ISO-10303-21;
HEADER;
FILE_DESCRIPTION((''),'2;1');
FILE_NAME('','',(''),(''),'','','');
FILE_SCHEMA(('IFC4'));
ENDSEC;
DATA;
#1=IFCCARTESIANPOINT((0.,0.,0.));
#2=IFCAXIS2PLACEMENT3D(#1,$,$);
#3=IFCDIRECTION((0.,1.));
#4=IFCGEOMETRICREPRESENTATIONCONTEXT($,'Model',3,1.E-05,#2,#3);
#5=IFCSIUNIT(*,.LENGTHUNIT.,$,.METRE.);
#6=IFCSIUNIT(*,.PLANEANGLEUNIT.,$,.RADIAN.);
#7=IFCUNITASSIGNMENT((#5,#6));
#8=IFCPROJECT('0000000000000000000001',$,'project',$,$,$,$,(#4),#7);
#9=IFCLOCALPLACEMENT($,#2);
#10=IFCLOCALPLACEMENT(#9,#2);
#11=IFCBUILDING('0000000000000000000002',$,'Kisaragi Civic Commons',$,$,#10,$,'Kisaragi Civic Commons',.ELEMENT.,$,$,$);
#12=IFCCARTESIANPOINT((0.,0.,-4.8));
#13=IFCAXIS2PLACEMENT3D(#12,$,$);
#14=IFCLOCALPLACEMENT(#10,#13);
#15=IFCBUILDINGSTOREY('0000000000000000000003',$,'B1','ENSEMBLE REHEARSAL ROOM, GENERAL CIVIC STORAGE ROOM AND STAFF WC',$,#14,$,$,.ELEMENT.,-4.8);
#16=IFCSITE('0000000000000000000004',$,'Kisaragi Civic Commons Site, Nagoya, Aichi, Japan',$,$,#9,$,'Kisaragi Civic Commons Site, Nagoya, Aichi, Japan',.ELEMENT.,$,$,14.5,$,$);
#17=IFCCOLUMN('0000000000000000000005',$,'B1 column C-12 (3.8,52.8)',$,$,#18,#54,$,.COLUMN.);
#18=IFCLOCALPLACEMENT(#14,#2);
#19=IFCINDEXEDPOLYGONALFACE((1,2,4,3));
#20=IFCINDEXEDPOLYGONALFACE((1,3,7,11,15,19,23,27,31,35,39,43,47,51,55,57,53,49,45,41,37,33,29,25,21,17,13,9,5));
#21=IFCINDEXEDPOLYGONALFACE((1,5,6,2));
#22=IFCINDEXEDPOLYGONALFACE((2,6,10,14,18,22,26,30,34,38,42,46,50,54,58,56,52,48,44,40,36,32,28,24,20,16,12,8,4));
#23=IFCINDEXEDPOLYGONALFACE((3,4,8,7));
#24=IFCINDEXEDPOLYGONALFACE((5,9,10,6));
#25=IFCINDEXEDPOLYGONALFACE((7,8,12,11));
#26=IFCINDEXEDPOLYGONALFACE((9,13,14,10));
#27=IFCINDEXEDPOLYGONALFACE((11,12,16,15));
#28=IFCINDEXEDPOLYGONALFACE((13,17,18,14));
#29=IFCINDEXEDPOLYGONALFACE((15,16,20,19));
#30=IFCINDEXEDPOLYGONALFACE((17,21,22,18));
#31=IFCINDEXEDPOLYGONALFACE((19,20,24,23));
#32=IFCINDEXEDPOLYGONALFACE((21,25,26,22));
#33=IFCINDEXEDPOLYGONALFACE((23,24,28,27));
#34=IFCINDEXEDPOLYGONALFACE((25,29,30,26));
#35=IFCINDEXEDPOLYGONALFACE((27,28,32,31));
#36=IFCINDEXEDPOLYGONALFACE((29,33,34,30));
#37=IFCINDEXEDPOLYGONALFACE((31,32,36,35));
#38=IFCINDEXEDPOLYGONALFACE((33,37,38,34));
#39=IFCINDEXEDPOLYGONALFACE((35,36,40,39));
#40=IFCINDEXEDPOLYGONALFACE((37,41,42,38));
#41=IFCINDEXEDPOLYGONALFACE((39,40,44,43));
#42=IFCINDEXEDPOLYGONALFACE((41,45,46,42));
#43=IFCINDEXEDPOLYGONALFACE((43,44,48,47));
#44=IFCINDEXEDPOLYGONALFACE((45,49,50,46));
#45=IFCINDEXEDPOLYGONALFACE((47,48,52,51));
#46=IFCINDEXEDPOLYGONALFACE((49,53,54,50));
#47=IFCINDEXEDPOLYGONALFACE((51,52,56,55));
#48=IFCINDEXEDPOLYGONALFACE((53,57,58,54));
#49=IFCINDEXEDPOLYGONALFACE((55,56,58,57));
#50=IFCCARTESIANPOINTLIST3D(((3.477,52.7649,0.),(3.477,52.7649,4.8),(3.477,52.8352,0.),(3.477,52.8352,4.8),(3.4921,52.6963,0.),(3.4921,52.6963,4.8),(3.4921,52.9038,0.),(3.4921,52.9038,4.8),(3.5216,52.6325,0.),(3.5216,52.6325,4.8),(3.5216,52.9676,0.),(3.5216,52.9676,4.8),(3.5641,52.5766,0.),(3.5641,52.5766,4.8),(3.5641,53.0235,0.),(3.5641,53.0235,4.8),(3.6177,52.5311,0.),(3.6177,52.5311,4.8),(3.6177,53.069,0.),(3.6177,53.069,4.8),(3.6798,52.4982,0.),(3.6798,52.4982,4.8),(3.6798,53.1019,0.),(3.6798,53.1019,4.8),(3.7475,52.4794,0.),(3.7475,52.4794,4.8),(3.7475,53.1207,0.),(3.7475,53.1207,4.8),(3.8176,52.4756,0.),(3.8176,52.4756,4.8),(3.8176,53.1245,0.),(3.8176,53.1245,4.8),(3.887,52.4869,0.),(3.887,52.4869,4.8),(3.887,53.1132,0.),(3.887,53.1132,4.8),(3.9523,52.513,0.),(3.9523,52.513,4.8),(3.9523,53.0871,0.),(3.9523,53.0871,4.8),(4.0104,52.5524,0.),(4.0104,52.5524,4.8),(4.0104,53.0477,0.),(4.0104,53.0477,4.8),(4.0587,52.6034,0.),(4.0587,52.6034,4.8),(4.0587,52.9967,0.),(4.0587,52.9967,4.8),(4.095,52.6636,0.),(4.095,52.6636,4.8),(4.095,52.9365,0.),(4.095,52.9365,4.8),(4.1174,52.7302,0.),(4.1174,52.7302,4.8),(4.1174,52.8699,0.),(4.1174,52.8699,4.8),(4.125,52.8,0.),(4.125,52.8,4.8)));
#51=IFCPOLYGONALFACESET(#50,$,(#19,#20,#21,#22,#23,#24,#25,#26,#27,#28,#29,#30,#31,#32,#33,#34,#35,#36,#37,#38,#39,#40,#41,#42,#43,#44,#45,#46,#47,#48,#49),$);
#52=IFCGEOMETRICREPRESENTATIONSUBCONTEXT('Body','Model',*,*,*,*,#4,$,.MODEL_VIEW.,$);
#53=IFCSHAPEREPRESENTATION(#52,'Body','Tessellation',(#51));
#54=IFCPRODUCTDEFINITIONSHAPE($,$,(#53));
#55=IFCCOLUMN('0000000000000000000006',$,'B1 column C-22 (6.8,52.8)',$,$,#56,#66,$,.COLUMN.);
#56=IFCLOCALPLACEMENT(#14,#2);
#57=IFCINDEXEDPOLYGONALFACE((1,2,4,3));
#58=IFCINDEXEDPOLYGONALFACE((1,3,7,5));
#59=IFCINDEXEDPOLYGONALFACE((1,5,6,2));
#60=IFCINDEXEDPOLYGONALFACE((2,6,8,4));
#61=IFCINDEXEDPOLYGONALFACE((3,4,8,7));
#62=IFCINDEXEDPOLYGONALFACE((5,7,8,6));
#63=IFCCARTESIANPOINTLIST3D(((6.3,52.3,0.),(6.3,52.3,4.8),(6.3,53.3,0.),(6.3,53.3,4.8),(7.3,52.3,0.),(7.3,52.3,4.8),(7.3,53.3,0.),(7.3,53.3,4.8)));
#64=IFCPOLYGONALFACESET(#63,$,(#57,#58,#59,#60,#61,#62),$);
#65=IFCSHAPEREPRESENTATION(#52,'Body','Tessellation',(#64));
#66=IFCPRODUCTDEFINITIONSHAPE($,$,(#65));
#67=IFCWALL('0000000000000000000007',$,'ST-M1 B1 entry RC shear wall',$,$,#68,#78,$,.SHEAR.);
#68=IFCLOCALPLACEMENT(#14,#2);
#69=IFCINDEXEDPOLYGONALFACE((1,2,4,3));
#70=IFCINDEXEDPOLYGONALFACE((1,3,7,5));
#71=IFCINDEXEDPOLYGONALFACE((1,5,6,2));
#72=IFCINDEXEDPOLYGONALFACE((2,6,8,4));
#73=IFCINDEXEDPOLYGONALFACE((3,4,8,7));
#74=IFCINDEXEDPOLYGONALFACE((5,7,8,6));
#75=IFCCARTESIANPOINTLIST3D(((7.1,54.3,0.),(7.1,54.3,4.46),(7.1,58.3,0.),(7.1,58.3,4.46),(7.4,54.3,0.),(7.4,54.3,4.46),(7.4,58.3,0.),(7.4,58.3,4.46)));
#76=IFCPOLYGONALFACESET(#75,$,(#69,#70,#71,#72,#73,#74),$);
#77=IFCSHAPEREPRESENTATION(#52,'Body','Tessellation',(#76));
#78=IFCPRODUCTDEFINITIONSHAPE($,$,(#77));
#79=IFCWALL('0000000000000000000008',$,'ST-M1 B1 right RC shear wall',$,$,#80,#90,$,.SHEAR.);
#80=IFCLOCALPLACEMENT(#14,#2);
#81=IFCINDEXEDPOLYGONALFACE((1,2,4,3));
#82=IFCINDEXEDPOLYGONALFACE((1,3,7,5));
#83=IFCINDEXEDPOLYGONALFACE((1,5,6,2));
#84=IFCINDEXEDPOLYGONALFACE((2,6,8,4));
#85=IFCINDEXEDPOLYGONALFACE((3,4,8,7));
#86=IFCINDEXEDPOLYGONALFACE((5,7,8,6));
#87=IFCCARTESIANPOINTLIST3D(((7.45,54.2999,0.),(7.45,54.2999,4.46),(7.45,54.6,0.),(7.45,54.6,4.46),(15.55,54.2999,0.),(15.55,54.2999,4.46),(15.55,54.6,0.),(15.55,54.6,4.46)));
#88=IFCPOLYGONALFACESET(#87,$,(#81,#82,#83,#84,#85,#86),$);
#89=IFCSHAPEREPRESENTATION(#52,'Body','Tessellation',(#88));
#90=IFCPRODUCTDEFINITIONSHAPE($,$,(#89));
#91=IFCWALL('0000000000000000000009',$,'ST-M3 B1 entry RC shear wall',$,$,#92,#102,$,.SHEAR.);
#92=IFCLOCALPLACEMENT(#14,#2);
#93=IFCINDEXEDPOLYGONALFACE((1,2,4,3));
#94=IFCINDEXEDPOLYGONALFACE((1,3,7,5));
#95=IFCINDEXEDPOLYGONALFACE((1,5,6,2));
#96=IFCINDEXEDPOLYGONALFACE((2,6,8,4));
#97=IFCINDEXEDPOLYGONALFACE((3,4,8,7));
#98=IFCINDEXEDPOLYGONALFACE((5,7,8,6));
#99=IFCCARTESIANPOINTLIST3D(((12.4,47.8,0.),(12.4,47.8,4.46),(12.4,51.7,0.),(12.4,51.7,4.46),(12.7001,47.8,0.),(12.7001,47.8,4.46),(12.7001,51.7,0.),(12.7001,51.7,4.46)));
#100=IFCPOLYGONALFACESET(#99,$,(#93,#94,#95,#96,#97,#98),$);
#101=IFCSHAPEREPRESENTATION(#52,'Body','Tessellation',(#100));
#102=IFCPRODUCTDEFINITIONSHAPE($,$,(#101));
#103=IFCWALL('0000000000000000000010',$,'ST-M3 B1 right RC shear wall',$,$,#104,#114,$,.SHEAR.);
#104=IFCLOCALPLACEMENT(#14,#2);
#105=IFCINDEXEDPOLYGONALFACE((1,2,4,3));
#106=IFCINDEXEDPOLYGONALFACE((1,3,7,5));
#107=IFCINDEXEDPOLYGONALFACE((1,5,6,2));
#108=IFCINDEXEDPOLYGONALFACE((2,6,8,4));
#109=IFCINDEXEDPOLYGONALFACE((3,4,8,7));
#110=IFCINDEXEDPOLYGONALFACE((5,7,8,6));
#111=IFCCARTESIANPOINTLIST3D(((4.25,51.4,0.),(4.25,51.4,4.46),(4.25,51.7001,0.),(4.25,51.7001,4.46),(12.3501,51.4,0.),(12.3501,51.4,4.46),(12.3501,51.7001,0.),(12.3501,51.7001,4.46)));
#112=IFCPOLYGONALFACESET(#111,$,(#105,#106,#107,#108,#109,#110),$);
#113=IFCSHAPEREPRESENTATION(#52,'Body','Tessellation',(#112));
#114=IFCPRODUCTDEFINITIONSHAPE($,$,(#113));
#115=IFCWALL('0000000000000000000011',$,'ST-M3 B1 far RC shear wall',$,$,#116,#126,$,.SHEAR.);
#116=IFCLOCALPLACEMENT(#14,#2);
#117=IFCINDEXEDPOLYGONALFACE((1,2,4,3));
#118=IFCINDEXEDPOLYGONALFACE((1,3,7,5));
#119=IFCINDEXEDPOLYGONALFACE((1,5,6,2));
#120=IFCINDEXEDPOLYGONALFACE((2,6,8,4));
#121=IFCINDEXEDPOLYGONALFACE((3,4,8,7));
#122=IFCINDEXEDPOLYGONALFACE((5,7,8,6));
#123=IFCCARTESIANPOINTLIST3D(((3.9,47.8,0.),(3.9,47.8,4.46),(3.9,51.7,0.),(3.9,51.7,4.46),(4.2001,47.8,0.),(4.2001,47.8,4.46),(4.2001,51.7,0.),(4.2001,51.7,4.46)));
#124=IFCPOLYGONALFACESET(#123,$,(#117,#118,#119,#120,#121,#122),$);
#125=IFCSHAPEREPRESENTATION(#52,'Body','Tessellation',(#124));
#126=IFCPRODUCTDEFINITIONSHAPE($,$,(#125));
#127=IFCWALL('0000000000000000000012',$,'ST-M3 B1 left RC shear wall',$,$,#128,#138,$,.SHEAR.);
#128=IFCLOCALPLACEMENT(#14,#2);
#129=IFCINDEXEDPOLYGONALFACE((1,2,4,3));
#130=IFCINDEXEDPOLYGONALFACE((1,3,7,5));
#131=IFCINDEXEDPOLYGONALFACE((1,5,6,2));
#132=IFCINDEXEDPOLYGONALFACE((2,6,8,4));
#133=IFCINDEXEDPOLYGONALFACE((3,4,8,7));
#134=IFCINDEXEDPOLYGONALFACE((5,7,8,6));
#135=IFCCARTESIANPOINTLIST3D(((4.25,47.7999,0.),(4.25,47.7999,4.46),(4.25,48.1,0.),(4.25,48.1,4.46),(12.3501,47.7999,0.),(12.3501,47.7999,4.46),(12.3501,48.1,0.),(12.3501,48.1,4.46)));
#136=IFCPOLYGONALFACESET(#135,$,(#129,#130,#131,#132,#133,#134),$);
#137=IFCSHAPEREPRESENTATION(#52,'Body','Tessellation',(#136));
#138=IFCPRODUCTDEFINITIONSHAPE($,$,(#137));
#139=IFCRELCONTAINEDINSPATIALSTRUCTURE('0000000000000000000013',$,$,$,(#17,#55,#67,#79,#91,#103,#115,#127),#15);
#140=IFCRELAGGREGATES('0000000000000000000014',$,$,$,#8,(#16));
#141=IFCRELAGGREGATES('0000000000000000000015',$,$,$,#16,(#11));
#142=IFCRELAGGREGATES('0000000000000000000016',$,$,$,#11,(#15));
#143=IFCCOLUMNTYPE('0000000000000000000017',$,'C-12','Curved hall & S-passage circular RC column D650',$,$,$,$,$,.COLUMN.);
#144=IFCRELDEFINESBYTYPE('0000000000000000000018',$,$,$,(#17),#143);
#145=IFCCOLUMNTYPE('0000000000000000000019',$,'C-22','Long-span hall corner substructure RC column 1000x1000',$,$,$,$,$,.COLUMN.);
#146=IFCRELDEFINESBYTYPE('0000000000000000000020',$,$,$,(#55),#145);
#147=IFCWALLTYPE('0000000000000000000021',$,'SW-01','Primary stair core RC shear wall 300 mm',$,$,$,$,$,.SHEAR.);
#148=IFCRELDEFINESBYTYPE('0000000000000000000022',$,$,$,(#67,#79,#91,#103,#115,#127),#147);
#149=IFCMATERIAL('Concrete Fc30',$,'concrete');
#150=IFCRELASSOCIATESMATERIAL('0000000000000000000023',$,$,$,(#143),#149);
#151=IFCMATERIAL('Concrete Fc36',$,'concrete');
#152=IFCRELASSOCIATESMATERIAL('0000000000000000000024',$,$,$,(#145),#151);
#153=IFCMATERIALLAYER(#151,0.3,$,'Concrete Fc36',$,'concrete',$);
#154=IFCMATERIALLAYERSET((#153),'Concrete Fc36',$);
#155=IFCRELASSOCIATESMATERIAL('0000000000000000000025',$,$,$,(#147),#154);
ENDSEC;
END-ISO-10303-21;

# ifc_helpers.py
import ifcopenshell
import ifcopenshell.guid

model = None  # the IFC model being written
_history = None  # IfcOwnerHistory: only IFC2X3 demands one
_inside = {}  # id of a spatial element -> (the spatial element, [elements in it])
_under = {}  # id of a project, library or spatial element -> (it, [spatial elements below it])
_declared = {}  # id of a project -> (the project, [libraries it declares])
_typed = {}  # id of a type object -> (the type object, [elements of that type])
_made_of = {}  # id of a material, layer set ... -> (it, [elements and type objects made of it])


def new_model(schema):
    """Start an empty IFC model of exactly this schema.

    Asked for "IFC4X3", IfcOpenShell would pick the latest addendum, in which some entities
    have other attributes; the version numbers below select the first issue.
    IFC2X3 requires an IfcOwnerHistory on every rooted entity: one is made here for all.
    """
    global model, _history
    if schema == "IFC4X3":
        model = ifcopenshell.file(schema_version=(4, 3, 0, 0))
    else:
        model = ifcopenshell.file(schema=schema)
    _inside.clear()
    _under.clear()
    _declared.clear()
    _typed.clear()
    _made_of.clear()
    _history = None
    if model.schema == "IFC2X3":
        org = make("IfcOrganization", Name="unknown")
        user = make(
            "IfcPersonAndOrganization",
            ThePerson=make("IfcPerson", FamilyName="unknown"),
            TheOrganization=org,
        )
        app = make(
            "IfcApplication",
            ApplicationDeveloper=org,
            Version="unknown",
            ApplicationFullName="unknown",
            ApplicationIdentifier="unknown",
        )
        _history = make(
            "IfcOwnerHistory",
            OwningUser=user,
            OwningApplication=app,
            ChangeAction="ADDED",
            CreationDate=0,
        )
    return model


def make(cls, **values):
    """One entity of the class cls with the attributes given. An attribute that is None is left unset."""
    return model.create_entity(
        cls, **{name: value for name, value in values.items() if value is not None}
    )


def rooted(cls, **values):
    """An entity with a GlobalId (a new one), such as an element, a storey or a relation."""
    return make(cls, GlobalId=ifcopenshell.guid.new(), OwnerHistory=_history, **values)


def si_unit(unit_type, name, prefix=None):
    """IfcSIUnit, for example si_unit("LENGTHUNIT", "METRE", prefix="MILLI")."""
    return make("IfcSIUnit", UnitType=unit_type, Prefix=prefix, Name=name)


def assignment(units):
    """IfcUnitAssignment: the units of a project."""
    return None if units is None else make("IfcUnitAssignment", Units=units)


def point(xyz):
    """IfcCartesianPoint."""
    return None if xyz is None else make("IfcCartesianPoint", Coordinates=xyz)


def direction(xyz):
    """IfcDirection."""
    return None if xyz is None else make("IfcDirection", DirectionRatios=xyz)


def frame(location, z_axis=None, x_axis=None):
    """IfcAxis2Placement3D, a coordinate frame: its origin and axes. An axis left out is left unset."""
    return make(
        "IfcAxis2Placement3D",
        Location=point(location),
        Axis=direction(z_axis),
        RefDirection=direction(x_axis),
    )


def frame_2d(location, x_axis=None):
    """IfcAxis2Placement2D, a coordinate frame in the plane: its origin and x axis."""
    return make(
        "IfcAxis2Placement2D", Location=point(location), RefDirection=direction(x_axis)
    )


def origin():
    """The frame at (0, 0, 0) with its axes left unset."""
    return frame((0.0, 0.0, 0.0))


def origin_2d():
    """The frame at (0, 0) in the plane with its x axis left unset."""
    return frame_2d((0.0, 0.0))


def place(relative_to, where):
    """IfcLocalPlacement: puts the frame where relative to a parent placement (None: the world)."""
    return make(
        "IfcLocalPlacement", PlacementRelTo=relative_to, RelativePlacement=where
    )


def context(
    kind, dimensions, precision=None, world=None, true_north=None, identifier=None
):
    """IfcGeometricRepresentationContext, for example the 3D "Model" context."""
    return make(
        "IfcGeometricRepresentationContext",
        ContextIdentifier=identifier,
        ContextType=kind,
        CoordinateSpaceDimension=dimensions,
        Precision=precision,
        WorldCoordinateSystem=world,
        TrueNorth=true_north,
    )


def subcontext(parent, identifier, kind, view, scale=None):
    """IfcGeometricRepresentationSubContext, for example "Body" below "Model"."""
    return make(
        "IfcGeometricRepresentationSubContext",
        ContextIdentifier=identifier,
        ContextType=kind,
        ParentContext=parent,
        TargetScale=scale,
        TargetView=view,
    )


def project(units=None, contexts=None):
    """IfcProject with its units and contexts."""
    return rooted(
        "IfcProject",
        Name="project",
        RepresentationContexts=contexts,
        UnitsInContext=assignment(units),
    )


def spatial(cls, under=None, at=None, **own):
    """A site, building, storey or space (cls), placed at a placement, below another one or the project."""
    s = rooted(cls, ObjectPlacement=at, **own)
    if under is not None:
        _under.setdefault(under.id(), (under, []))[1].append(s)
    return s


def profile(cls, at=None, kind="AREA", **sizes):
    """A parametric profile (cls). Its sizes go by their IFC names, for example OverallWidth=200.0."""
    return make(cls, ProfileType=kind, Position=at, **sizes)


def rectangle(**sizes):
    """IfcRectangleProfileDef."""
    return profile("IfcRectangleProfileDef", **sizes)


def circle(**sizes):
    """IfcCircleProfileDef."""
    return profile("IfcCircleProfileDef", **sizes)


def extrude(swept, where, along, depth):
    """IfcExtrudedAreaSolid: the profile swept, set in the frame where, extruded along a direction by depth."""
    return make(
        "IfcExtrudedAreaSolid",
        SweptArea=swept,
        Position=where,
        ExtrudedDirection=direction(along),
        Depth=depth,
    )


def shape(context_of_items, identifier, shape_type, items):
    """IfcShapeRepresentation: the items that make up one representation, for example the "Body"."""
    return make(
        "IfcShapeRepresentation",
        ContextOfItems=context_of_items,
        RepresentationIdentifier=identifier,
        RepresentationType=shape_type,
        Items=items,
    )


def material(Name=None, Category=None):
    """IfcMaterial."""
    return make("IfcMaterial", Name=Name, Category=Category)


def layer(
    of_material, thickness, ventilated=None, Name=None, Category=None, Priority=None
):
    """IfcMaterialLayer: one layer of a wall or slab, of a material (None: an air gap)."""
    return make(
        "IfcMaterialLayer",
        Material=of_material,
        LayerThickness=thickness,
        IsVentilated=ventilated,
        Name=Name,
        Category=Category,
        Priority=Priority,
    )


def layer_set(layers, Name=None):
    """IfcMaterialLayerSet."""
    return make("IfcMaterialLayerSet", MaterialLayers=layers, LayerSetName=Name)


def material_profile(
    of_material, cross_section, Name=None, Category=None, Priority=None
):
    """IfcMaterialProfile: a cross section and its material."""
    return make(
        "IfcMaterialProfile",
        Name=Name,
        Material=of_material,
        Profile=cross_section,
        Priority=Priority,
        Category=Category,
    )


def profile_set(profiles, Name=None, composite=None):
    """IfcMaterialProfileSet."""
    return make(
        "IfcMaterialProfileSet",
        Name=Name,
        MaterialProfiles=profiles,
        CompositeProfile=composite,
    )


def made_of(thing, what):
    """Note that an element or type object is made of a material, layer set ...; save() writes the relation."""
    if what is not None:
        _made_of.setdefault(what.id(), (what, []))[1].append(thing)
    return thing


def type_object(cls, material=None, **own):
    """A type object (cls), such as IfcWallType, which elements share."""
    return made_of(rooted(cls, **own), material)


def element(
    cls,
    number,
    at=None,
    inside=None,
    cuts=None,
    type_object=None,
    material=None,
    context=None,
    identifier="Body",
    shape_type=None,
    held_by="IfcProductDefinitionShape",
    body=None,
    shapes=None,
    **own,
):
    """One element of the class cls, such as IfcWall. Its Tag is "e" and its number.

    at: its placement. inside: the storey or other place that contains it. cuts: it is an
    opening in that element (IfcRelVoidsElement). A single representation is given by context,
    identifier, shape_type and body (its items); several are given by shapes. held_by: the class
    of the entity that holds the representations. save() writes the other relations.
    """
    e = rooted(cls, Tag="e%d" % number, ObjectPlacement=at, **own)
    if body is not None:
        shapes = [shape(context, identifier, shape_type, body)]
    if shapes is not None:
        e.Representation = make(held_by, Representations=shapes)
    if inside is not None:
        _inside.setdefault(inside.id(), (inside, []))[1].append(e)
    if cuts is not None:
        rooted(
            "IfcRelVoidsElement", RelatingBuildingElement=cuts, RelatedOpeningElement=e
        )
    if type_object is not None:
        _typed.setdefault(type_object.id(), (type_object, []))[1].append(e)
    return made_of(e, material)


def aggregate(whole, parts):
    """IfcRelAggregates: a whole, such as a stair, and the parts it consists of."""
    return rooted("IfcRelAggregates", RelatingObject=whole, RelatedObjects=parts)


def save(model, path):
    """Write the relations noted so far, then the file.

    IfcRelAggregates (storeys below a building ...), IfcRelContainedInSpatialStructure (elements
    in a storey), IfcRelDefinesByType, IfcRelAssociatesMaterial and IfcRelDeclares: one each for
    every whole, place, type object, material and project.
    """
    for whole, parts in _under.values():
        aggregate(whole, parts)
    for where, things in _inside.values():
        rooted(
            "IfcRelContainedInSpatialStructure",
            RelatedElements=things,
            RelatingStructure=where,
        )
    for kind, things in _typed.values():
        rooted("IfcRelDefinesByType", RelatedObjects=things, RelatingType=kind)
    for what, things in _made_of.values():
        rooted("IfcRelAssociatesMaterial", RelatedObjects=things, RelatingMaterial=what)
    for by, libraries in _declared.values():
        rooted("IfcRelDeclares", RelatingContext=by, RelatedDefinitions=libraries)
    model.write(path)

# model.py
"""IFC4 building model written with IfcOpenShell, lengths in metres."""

from ifc_helpers import new_model, si_unit, direction, frame, frame_2d, origin, origin_2d, place, context, subcontext, project, spatial, rectangle, circle, extrude, material, layer, layer_set, material_profile, profile_set, type_object, element, save


model = new_model("IFC4")

# Units and contexts
model_context = context("Model", 3, precision=1e-05, world=origin(), true_north=direction((0.0, 1.0)))
body_context = subcontext(model_context, "Body", "Model", "MODEL_VIEW")
ifc_project = project(units=[si_unit("LENGTHUNIT", "METRE"), si_unit("PLANEANGLEUNIT", "RADIAN")], contexts=[model_context])

# Site, building, storey
site_placement = place(None, origin())
site = spatial("IfcSite", under=ifc_project, at=site_placement, Name="Kisaragi Civic Commons Site, Nagoya, Aichi, Japan", LongName="Kisaragi Civic Commons Site, Nagoya, Aichi, Japan", CompositionType="ELEMENT", RefElevation=14.5)
building_placement = place(site_placement, origin())
building = spatial("IfcBuilding", under=site, at=building_placement, Name="Kisaragi Civic Commons", LongName="Kisaragi Civic Commons", CompositionType="ELEMENT")
storey_placement = place(building_placement, frame((0.0, 0.0, -4.8)))
storey = spatial("IfcBuildingStorey", under=building, at=storey_placement, Name="B1", Description="ENSEMBLE REHEARSAL ROOM, GENERAL CIVIC STORAGE ROOM AND STAFF WC", CompositionType="ELEMENT", Elevation=-4.8)

# Shared definitions
ifc_material_1 = material(Name="Concrete Fc36", Category="concrete")

# Columns
ifc_material_2 = material(Name="Concrete Fc30", Category="concrete")
ifc_material_profile_1 = material_profile(ifc_material_2, circle(Radius=0.325, at=origin_2d()), Name="RC-D650", Category="concrete")
ifc_profile_set_1 = profile_set([ifc_material_profile_1], Name="Concrete Fc30")
column_type_1 = type_object("IfcColumnType", Name="C-12", Description="Curved hall & S-passage circular RC column D650", PredefinedType="COLUMN", material=ifc_profile_set_1)
column_1_placement = place(storey_placement, frame((3.8, 52.8, 0.0), z_axis=(0.0, 0.0, 1.0), x_axis=(1.0, 0.0, 0.0)))
element("IfcColumn", 1, at=column_1_placement, inside=storey, type_object=column_type_1, Name="B1 column C-12 (3.8,52.8)", PredefinedType="COLUMN", context=body_context, shape_type="SweptSolid", body=[
    extrude(circle(Radius=0.325, at=origin_2d()), origin(), (0.0, 0.0, 1.0), 4.8),
])
ifc_material_profile_2 = material_profile(ifc_material_1, rectangle(XDim=1.0, YDim=1.0, at=origin_2d()), Name="RC-1000x1000", Category="concrete")
ifc_profile_set_2 = profile_set([ifc_material_profile_2], Name="Concrete Fc36")
column_type_2 = type_object("IfcColumnType", Name="C-22", Description="Long-span hall corner substructure RC column 1000x1000", PredefinedType="COLUMN", material=ifc_profile_set_2)
column_2_placement = place(storey_placement, frame((6.8, 52.8, 0.0), z_axis=(0.0, 0.0, 1.0), x_axis=(1.0, 0.0, 0.0)))
element("IfcColumn", 2, at=column_2_placement, inside=storey, type_object=column_type_2, Name="B1 column C-22 (6.8,52.8)", PredefinedType="COLUMN", context=body_context, shape_type="SweptSolid", body=[
    extrude(rectangle(XDim=1.0, YDim=1.0, at=origin_2d()), origin(), (0.0, 0.0, 1.0), 4.8),
])

# Walls
ifc_layer = layer(ifc_material_1, 0.3, Name="Concrete Fc36", Category="concrete")
ifc_layer_set = layer_set([ifc_layer], Name="Concrete Fc36")
wall_type = type_object("IfcWallType", Name="SW-01", Description="Primary stair core RC shear wall 300 mm", PredefinedType="SHEAR", material=ifc_layer_set)
wall_1_placement = place(storey_placement, frame((7.25, 58.3, 0.0), z_axis=(0.0, 0.0, 1.0), x_axis=(0.0, -1.0, 0.0)))
element("IfcWall", 3, at=wall_1_placement, inside=storey, type_object=wall_type, Name="ST-M1 B1 entry RC shear wall", PredefinedType="SHEAR", context=body_context, shape_type="SweptSolid", body=[
    extrude(rectangle(XDim=4.0, YDim=0.3, at=frame_2d((2.0, 0.0))), origin(), (0.0, 0.0, 1.0), 4.46),
])
wall_2_placement = place(storey_placement, frame((7.45, 54.45, 0.0), z_axis=(0.0, 0.0, 1.0), x_axis=(1.0, 0.0, 0.0)))
element("IfcWall", 4, at=wall_2_placement, inside=storey, type_object=wall_type, Name="ST-M1 B1 right RC shear wall", PredefinedType="SHEAR", context=body_context, shape_type="SweptSolid", body=[
    extrude(rectangle(XDim=8.1001, YDim=0.3, at=frame_2d((4.05, 0.0))), origin(), (0.0, 0.0, 1.0), 4.46),
])
wall_3_placement = place(storey_placement, frame((12.55, 47.8, 0.0), z_axis=(0.0, 0.0, 1.0), x_axis=(0.0, 1.0, 0.0)))
element("IfcWall", 5, at=wall_3_placement, inside=storey, type_object=wall_type, Name="ST-M3 B1 entry RC shear wall", PredefinedType="SHEAR", context=body_context, shape_type="SweptSolid", body=[
    extrude(rectangle(XDim=3.8999, YDim=0.3, at=frame_2d((1.95, 0.0))), origin(), (0.0, 0.0, 1.0), 4.46),
])
wall_4_placement = place(storey_placement, frame((12.3501, 51.55, 0.0), z_axis=(0.0, 0.0, 1.0), x_axis=(-1.0, 0.0, 0.0)))
element("IfcWall", 6, at=wall_4_placement, inside=storey, type_object=wall_type, Name="ST-M3 B1 right RC shear wall", PredefinedType="SHEAR", context=body_context, shape_type="SweptSolid", body=[
    extrude(rectangle(XDim=8.1001, YDim=0.3, at=frame_2d((4.05, 0.0))), origin(), (0.0, 0.0, 1.0), 4.46),
])
wall_5_placement = place(storey_placement, frame((4.05, 51.7, 0.0), z_axis=(0.0, 0.0, 1.0), x_axis=(0.0, -1.0, 0.0)))
element("IfcWall", 7, at=wall_5_placement, inside=storey, type_object=wall_type, Name="ST-M3 B1 far RC shear wall", PredefinedType="SHEAR", context=body_context, shape_type="SweptSolid", body=[
    extrude(rectangle(XDim=3.8999, YDim=0.3, at=frame_2d((1.95, 0.0))), origin(), (0.0, 0.0, 1.0), 4.46),
])
wall_6_placement = place(storey_placement, frame((4.25, 47.95, 0.0), z_axis=(0.0, 0.0, 1.0), x_axis=(1.0, 0.0, 0.0)))
element("IfcWall", 8, at=wall_6_placement, inside=storey, type_object=wall_type, Name="ST-M3 B1 left RC shear wall", PredefinedType="SHEAR", context=body_context, shape_type="SweptSolid", body=[
    extrude(rectangle(XDim=8.1001, YDim=0.3, at=frame_2d((4.05, 0.0))), origin(), (0.0, 0.0, 1.0), 4.46),
])

save(model, "model.ifc")
